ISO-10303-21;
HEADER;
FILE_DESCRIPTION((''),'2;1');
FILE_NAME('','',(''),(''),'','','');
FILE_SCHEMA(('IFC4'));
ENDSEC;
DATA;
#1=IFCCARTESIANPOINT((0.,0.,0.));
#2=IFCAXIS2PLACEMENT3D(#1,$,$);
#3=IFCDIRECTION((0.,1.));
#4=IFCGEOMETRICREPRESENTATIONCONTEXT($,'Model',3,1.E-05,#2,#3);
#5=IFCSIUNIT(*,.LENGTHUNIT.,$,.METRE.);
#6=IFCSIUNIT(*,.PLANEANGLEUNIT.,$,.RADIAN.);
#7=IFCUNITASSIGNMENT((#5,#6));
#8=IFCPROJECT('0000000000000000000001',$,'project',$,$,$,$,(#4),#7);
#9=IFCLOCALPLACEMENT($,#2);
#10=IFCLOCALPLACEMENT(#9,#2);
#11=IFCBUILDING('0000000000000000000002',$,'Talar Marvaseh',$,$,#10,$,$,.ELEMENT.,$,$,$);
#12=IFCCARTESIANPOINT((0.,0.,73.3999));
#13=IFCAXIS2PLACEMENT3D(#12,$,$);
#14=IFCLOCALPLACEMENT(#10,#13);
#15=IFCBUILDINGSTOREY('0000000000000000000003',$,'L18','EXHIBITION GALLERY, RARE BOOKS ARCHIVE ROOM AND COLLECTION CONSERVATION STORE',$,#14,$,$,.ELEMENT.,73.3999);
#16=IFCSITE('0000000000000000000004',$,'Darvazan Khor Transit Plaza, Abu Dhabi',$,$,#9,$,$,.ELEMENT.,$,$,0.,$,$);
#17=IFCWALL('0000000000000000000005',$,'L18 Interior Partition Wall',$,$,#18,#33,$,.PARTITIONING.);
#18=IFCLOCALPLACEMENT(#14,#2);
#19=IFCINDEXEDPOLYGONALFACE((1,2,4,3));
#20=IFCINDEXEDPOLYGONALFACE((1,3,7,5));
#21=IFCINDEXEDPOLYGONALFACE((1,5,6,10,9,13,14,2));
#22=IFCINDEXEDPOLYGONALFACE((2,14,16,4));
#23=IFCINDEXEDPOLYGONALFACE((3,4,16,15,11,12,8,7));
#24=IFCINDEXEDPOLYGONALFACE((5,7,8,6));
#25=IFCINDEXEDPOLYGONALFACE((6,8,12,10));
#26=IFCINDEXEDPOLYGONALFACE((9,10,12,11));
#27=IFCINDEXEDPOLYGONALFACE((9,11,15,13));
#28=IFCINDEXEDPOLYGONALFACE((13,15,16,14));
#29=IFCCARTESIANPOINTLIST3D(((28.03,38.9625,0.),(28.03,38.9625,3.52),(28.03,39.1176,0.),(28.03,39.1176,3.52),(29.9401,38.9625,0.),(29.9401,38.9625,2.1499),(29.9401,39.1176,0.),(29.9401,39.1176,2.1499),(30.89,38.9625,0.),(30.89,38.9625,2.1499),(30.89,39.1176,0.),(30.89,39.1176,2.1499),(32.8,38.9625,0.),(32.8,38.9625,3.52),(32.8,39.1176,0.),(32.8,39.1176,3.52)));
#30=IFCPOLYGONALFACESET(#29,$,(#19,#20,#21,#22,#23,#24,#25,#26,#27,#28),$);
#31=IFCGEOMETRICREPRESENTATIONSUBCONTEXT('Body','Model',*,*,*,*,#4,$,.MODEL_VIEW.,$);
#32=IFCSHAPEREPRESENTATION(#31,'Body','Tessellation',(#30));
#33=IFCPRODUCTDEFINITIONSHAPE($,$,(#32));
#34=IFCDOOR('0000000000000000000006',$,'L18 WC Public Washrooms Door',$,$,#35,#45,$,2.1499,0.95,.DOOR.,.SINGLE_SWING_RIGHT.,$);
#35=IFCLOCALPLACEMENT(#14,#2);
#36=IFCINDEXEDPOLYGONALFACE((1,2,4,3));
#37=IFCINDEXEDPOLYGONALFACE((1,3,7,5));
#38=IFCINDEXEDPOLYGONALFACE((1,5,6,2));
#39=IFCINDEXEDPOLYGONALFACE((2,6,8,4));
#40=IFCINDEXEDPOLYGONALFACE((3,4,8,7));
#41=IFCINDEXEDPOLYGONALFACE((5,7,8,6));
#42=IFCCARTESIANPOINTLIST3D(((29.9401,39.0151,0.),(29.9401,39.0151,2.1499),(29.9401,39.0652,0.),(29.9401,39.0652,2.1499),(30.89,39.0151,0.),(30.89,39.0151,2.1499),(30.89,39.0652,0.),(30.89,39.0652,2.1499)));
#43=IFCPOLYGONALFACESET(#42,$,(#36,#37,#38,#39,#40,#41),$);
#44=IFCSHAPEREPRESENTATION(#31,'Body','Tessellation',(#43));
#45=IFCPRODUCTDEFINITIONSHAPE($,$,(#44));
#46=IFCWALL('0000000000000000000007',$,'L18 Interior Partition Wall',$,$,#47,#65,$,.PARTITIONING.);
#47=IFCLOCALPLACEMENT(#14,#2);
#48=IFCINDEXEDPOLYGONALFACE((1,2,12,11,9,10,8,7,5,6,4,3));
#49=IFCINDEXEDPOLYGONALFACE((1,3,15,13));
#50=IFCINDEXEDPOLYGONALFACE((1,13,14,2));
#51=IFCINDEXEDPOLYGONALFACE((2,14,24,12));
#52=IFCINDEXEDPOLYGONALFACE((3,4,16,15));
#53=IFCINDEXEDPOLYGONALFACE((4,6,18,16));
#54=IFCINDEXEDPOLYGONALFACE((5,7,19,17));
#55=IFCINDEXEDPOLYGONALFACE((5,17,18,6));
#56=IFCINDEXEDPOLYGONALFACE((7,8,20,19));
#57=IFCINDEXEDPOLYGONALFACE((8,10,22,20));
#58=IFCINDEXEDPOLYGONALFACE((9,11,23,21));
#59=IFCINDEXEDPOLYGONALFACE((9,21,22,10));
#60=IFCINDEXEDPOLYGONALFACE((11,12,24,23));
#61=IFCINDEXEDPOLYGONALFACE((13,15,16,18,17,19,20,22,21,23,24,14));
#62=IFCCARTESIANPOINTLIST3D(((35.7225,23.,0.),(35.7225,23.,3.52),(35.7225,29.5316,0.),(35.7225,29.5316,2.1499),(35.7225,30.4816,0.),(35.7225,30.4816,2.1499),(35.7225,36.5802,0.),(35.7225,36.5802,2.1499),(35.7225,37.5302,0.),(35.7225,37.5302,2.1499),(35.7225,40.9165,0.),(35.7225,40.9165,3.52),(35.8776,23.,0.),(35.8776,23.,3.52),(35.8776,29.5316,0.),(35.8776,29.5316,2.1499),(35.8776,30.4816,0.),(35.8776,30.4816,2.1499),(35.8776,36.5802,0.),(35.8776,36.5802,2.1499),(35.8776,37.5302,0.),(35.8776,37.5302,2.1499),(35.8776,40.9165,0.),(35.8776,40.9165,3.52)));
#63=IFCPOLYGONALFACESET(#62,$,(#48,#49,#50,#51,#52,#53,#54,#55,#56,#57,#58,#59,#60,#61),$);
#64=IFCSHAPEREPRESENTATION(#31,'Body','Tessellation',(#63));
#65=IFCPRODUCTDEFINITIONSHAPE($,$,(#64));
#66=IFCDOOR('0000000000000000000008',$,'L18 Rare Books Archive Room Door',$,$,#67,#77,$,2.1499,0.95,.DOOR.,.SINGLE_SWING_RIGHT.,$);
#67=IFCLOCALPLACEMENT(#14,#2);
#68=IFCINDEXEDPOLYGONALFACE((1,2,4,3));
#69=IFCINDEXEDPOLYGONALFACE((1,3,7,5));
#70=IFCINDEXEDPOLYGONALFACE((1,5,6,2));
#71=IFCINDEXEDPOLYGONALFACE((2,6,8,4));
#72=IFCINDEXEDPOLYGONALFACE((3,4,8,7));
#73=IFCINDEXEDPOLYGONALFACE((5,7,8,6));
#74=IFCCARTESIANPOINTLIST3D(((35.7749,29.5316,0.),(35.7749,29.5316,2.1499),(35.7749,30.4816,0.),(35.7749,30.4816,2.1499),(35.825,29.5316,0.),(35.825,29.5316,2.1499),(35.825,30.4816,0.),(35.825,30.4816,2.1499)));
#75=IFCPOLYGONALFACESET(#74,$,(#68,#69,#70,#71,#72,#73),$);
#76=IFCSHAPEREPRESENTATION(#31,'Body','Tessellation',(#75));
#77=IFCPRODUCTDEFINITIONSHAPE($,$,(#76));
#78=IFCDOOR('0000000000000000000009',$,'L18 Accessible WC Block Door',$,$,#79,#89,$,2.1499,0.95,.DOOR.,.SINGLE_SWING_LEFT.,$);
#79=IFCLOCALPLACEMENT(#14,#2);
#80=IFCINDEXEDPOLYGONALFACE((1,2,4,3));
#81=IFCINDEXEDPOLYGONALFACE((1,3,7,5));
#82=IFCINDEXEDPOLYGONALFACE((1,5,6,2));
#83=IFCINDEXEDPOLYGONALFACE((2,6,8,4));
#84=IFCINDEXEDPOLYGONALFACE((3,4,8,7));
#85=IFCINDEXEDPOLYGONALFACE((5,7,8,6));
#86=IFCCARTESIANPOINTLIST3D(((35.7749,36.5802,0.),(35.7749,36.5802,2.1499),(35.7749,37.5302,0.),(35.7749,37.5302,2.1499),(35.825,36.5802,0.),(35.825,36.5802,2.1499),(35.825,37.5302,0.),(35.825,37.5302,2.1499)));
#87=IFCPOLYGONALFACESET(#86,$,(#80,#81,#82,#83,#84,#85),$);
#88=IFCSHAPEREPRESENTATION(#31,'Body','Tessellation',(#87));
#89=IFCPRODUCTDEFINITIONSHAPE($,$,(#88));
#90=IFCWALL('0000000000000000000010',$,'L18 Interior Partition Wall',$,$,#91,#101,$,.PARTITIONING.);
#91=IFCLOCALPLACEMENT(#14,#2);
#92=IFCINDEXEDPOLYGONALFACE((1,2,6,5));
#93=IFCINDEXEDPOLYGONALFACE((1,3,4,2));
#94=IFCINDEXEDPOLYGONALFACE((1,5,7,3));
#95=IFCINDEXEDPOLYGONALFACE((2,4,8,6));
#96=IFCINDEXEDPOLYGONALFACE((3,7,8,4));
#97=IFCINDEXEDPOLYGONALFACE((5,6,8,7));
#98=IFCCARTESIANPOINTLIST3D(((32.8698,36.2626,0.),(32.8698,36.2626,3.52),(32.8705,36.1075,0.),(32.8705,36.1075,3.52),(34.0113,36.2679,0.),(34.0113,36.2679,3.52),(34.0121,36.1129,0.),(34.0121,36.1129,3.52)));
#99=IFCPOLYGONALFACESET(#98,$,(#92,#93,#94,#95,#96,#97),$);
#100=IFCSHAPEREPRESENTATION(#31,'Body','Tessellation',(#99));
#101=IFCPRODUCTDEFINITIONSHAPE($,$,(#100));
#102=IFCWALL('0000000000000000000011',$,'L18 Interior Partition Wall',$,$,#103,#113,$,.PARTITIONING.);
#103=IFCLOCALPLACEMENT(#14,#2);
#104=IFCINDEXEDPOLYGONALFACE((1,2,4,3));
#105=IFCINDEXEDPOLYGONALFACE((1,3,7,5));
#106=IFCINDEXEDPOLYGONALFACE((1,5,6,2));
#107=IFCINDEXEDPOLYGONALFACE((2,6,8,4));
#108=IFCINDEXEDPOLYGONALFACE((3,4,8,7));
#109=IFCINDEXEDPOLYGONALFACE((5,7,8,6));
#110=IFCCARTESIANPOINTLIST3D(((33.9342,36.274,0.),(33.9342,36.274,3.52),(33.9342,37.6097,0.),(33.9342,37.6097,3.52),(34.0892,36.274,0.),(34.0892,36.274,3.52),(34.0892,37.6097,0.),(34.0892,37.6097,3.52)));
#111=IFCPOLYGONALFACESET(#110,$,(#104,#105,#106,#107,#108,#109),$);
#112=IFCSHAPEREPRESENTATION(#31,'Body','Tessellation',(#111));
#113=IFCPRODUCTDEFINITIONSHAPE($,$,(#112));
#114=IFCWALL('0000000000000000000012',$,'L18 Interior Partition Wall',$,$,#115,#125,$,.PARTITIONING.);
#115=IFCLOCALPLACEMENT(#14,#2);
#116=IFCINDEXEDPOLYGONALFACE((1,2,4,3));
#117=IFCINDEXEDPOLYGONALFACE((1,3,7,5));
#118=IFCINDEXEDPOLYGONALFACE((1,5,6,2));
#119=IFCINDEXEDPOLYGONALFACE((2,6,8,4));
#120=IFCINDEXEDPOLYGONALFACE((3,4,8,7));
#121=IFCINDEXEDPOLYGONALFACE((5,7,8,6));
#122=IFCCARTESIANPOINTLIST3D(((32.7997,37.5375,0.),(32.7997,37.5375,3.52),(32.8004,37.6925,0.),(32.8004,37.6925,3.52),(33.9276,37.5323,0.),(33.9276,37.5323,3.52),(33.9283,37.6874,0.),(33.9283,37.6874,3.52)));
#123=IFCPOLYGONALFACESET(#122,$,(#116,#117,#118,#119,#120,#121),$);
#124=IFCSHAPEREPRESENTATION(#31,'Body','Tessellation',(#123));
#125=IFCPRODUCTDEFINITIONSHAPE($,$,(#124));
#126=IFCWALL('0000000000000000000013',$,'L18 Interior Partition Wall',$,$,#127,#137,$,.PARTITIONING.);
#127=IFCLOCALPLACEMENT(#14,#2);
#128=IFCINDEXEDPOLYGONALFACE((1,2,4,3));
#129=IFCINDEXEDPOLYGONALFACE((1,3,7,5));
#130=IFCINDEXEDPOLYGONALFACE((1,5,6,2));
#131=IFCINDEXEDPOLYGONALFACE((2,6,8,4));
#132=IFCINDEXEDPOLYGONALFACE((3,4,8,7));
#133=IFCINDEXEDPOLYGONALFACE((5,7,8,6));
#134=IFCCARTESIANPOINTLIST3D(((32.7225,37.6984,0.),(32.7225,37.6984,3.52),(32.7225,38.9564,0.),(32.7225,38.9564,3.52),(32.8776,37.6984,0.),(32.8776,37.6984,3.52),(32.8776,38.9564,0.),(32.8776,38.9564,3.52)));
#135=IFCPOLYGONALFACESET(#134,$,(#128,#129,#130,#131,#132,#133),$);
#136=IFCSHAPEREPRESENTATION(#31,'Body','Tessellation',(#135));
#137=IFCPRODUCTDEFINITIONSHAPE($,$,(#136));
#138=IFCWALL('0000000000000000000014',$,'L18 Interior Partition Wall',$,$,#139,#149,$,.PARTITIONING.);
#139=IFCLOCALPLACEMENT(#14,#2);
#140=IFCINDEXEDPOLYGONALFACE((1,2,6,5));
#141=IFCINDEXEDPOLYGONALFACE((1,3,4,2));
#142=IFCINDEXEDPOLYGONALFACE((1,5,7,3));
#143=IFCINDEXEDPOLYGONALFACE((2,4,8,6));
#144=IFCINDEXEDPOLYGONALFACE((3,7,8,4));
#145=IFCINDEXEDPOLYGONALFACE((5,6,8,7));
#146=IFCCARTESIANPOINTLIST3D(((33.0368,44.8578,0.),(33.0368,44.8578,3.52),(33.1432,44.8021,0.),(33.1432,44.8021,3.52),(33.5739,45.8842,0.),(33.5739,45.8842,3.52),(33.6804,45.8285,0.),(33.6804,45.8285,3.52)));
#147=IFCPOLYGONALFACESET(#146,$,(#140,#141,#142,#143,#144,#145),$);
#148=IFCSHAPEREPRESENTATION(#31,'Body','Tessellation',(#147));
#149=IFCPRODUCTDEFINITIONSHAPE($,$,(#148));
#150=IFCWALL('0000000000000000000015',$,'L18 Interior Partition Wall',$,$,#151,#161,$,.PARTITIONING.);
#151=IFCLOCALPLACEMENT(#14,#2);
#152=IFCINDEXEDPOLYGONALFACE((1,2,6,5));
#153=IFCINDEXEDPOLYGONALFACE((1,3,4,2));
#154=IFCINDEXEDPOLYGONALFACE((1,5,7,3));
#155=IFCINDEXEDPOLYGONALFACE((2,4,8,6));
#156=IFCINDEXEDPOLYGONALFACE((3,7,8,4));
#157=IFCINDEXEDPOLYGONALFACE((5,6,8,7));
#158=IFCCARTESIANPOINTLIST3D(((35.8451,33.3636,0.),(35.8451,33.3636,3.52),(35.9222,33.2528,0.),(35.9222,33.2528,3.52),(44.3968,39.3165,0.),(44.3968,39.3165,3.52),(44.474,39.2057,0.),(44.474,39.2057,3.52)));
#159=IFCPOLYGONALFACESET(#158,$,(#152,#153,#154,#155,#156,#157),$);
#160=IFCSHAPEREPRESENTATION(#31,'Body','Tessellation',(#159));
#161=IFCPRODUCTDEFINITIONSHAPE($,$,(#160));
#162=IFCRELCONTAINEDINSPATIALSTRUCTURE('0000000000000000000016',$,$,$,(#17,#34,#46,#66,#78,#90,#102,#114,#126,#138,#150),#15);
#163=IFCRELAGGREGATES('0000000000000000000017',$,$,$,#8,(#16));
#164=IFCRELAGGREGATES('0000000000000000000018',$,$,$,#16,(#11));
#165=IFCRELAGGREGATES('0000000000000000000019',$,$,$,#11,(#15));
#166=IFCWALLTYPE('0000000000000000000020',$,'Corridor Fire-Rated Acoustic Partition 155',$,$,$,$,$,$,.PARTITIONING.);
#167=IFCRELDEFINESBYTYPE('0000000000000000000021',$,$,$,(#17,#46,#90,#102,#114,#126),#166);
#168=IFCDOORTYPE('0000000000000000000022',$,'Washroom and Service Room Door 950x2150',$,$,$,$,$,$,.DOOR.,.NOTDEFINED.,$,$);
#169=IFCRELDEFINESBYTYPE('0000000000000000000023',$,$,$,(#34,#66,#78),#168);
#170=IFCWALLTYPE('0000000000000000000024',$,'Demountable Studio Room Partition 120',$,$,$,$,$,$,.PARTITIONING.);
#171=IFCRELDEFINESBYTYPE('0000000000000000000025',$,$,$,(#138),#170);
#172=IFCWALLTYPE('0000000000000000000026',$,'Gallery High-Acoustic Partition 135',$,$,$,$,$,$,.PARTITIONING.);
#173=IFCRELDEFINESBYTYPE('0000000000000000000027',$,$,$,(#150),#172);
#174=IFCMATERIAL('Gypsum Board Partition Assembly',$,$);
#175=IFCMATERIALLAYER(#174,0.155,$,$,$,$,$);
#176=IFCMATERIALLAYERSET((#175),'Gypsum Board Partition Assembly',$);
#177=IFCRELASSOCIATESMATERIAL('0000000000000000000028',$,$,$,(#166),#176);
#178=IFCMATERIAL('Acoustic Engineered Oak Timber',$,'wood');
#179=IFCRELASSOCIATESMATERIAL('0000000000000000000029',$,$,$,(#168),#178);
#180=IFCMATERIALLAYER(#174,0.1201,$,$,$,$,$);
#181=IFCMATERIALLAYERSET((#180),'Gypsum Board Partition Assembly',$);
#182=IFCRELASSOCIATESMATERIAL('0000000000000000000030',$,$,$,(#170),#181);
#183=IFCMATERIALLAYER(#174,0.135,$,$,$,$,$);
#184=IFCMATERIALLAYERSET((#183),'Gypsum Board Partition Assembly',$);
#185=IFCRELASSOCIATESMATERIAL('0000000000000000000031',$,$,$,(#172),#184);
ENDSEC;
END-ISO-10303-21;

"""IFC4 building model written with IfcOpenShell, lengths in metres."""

from ifc_helpers import new_model, si_unit, direction, frame, frame_2d, origin, place, context, subcontext, project, spatial, rectangle, extrude, source, transform, mapped, material, layer, layer_set, type_object, type_shapes, element, fill, save


model = new_model("IFC4")

# Units and contexts
model_context = context("Model", 3, precision=1e-05, world=origin(), true_north=direction((0.0, 1.0)))
body_context = subcontext(model_context, "Body", "Model", "MODEL_VIEW")
ifc_project = project(units=[si_unit("LENGTHUNIT", "METRE"), si_unit("PLANEANGLEUNIT", "RADIAN")], contexts=[model_context])

# Site, building, storey
site_placement = place(None, origin())
site = spatial("IfcSite", under=ifc_project, at=site_placement, Name="Darvazan Khor Transit Plaza, Abu Dhabi", CompositionType="ELEMENT", RefElevation=0.0)
building_placement = place(site_placement, origin())
building = spatial("IfcBuilding", under=site, at=building_placement, Name="Talar Marvaseh", CompositionType="ELEMENT")
storey_placement = place(building_placement, frame((0.0, 0.0, 73.3999)))
storey = spatial("IfcBuildingStorey", under=building, at=storey_placement, Name="L18", Description="EXHIBITION GALLERY, RARE BOOKS ARCHIVE ROOM AND COLLECTION CONSERVATION STORE", CompositionType="ELEMENT", Elevation=73.3999)

# Wall, opening, door
ifc_material_1 = material(Name="Gypsum Board Partition Assembly")
ifc_layer_1 = layer(ifc_material_1, 0.155)
ifc_layer_set_1 = layer_set([ifc_layer_1], Name="Gypsum Board Partition Assembly")
wall_type_1 = type_object("IfcWallType", Name="Corridor Fire-Rated Acoustic Partition 155", PredefinedType="PARTITIONING", material=ifc_layer_set_1)
wall_1_placement = place(storey_placement, frame((32.8, 39.04, 0.0), z_axis=(0.0, 0.0, 1.0), x_axis=(-1.0, 0.0, 0.0)))
wall_1 = element("IfcWall", 1, at=wall_1_placement, inside=storey, type_object=wall_type_1, Name="L18 Interior Partition Wall", PredefinedType="PARTITIONING", context=body_context, shape_type="SweptSolid", body=[
    extrude(rectangle(XDim=4.77, YDim=0.155, at=frame_2d((2.385, 0.0))), origin(), (0.0, 0.0, 1.0), 3.52),
])
opening_1_placement = place(wall_1_placement, frame((1.9099, 0.0, 0.0)))
opening_1 = element("IfcOpeningElement", 2, at=opening_1_placement, cuts=wall_1, PredefinedType="OPENING", context=body_context, shape_type="SweptSolid", body=[
    extrude(rectangle(XDim=0.95, YDim=2.1499, at=frame_2d((0.4751, 1.075))), frame((0.0, 0.0874, 0.0), z_axis=(0.0, -1.0, 0.0), x_axis=(1.0, 0.0, 0.0)), (0.0, 0.0, 1.0), 0.175),
])
ifc_material_2 = material(Name="Acoustic Engineered Oak Timber", Category="wood")
door_type_1 = type_object("IfcDoorType", Name="Washroom and Service Room Door 950x2150", OperationType="NOTDEFINED", PredefinedType="DOOR", material=ifc_material_2)
shared_shape_1 = source(origin(), body_context, "Body", "SweptSolid", [
    extrude(rectangle(XDim=0.95, YDim=2.1499, at=frame_2d((0.4751, 1.075))), frame((0.0, 0.0249, 0.0), z_axis=(0.0, -1.0, 0.0), x_axis=(1.0, 0.0, 0.0)), (0.0, 0.0, 1.0), 0.05),
])
type_shapes(door_type_1, [shared_shape_1])
door_1_placement = place(opening_1_placement, origin())
door_1 = element("IfcDoor", 3, at=door_1_placement, inside=storey, type_object=door_type_1, Name="L18 WC Public Washrooms Door", OperationType="SINGLE_SWING_RIGHT", OverallHeight=2.1499, OverallWidth=0.95, PredefinedType="DOOR", context=body_context, shape_type="MappedRepresentation", body=[
    mapped(shared_shape_1, transform((0.0, 0.0, 0.0), x_axis=(1.0, 0.0, 0.0), y_axis=(0.0, 1.0, 0.0), z_axis=(0.0, 0.0, 1.0), scale=1.0)),
])
fill(opening_1, door_1)

# Wall, openings, doors
wall_2_placement = place(storey_placement, frame((35.8, 40.9165, 0.0), z_axis=(0.0, 0.0, 1.0), x_axis=(0.0, -1.0, 0.0)))
wall_2 = element("IfcWall", 4, at=wall_2_placement, inside=storey, type_object=wall_type_1, Name="L18 Interior Partition Wall", PredefinedType="PARTITIONING", context=body_context, shape_type="SweptSolid", body=[
    extrude(rectangle(XDim=17.9165, YDim=0.155, at=frame_2d((8.9583, 0.0))), origin(), (0.0, 0.0, 1.0), 3.52),
])
opening_2_placement = place(wall_2_placement, frame((10.4348, 0.0, 0.0)))
opening_2 = element("IfcOpeningElement", 5, at=opening_2_placement, cuts=wall_2, PredefinedType="OPENING", context=body_context, shape_type="SweptSolid", body=[
    extrude(rectangle(XDim=0.95, YDim=2.1499, at=frame_2d((0.4751, 1.075))), frame((0.0, 0.0874, 0.0), z_axis=(0.0, -1.0, 0.0), x_axis=(1.0, 0.0, 0.0)), (0.0, 0.0, 1.0), 0.175),
])
opening_3_placement = place(wall_2_placement, frame((3.3862, 0.0, 0.0)))
opening_3 = element("IfcOpeningElement", 6, at=opening_3_placement, cuts=wall_2, PredefinedType="OPENING", context=body_context, shape_type="SweptSolid", body=[
    extrude(rectangle(XDim=0.95, YDim=2.1499, at=frame_2d((0.4751, 1.075))), frame((0.0, 0.0874, 0.0), z_axis=(0.0, -1.0, 0.0), x_axis=(1.0, 0.0, 0.0)), (0.0, 0.0, 1.0), 0.175),
])
door_2_placement = place(opening_2_placement, origin())
door_2 = element("IfcDoor", 7, at=door_2_placement, inside=storey, type_object=door_type_1, Name="L18 Rare Books Archive Room Door", OperationType="SINGLE_SWING_RIGHT", OverallHeight=2.1499, OverallWidth=0.95, PredefinedType="DOOR", context=body_context, shape_type="MappedRepresentation", body=[
    mapped(shared_shape_1, transform((0.0, 0.0, 0.0), x_axis=(1.0, 0.0, 0.0), y_axis=(0.0, 1.0, 0.0), z_axis=(0.0, 0.0, 1.0), scale=1.0)),
])
fill(opening_2, door_2)
door_3_placement = place(opening_3_placement, origin())
door_3 = element("IfcDoor", 8, at=door_3_placement, inside=storey, type_object=door_type_1, Name="L18 Accessible WC Block Door", OperationType="SINGLE_SWING_LEFT", OverallHeight=2.1499, OverallWidth=0.95, PredefinedType="DOOR", context=body_context, shape_type="MappedRepresentation", body=[
    mapped(shared_shape_1, transform((0.0, 0.0, 0.0), x_axis=(1.0, 0.0, 0.0), y_axis=(0.0, 1.0, 0.0), z_axis=(0.0, 0.0, 1.0), scale=1.0)),
])
fill(opening_3, door_3)

# Walls
wall_3_placement = place(storey_placement, frame((32.8701, 36.1851, 0.0), z_axis=(0.0, 0.0, 1.0), x_axis=(0.999989, 0.004705, 0.0)))
element("IfcWall", 9, at=wall_3_placement, inside=storey, type_object=wall_type_1, Name="L18 Interior Partition Wall", PredefinedType="PARTITIONING", context=body_context, shape_type="SweptSolid", body=[
    extrude(rectangle(XDim=1.1416, YDim=0.155, at=frame_2d((0.5708, 0.0))), origin(), (0.0, 0.0, 1.0), 3.52),
])
wall_4_placement = place(storey_placement, frame((34.0117, 36.2739, 0.0), z_axis=(0.0, 0.0, 1.0), x_axis=(0.0, 1.0, 0.0)))
element("IfcWall", 10, at=wall_4_placement, inside=storey, type_object=wall_type_1, Name="L18 Interior Partition Wall", PredefinedType="PARTITIONING", context=body_context, shape_type="SweptSolid", body=[
    extrude(rectangle(XDim=1.3357, YDim=0.155, at=frame_2d((0.668, 0.0))), origin(), (0.0, 0.0, 1.0), 3.52),
])
wall_5_placement = place(storey_placement, frame((33.928, 37.6099, 0.0), z_axis=(0.0, 0.0, 1.0), x_axis=(-0.99999, 0.004545, 0.0)))
element("IfcWall", 11, at=wall_5_placement, inside=storey, type_object=wall_type_1, Name="L18 Interior Partition Wall", PredefinedType="PARTITIONING", context=body_context, shape_type="SweptSolid", body=[
    extrude(rectangle(XDim=1.1279, YDim=0.155, at=frame_2d((0.564, 0.0))), origin(), (0.0, 0.0, 1.0), 3.52),
])
wall_6_placement = place(storey_placement, frame((32.8, 37.6985, 0.0), z_axis=(0.0, 0.0, 1.0), x_axis=(0.0, 1.0, 0.0)))
element("IfcWall", 12, at=wall_6_placement, inside=storey, type_object=wall_type_1, Name="L18 Interior Partition Wall", PredefinedType="PARTITIONING", context=body_context, shape_type="SweptSolid", body=[
    extrude(rectangle(XDim=1.2581, YDim=0.155, at=frame_2d((0.6289, 0.0))), origin(), (0.0, 0.0, 1.0), 3.52),
])
ifc_layer_2 = layer(ifc_material_1, 0.1201)
ifc_layer_set_2 = layer_set([ifc_layer_2], Name="Gypsum Board Partition Assembly")
wall_type_2 = type_object("IfcWallType", Name="Demountable Studio Room Partition 120", PredefinedType="PARTITIONING", material=ifc_layer_set_2)
wall_7_placement = place(storey_placement, frame((33.0901, 44.8301, 0.0), z_axis=(0.0, 0.0, 1.0), x_axis=(0.46366, 0.886013, 0.0)))
element("IfcWall", 13, at=wall_7_placement, inside=storey, type_object=wall_type_2, Name="L18 Interior Partition Wall", PredefinedType="PARTITIONING", context=body_context, shape_type="SweptSolid", body=[
    extrude(rectangle(XDim=1.1584, YDim=0.1201, at=frame_2d((0.5791, 0.0))), origin(), (0.0, 0.0, 1.0), 3.52),
])
ifc_layer_3 = layer(ifc_material_1, 0.135)
ifc_layer_set_3 = layer_set([ifc_layer_3], Name="Gypsum Board Partition Assembly")
wall_type_3 = type_object("IfcWallType", Name="Gallery High-Acoustic Partition 135", PredefinedType="PARTITIONING", material=ifc_layer_set_3)
wall_8_placement = place(storey_placement, frame((35.8835, 33.3081, 0.0), z_axis=(0.0, 0.0, 1.0), x_axis=(0.820733, 0.571312, 0.0)))
element("IfcWall", 14, at=wall_8_placement, inside=storey, type_object=wall_type_3, Name="L18 Interior Partition Wall", PredefinedType="PARTITIONING", context=body_context, shape_type="SweptSolid", body=[
    extrude(rectangle(XDim=10.4197, YDim=0.135, at=frame_2d((5.21, 0.0))), origin(), (0.0, 0.0, 1.0), 3.52),
])

save(model, "model.ifc")
